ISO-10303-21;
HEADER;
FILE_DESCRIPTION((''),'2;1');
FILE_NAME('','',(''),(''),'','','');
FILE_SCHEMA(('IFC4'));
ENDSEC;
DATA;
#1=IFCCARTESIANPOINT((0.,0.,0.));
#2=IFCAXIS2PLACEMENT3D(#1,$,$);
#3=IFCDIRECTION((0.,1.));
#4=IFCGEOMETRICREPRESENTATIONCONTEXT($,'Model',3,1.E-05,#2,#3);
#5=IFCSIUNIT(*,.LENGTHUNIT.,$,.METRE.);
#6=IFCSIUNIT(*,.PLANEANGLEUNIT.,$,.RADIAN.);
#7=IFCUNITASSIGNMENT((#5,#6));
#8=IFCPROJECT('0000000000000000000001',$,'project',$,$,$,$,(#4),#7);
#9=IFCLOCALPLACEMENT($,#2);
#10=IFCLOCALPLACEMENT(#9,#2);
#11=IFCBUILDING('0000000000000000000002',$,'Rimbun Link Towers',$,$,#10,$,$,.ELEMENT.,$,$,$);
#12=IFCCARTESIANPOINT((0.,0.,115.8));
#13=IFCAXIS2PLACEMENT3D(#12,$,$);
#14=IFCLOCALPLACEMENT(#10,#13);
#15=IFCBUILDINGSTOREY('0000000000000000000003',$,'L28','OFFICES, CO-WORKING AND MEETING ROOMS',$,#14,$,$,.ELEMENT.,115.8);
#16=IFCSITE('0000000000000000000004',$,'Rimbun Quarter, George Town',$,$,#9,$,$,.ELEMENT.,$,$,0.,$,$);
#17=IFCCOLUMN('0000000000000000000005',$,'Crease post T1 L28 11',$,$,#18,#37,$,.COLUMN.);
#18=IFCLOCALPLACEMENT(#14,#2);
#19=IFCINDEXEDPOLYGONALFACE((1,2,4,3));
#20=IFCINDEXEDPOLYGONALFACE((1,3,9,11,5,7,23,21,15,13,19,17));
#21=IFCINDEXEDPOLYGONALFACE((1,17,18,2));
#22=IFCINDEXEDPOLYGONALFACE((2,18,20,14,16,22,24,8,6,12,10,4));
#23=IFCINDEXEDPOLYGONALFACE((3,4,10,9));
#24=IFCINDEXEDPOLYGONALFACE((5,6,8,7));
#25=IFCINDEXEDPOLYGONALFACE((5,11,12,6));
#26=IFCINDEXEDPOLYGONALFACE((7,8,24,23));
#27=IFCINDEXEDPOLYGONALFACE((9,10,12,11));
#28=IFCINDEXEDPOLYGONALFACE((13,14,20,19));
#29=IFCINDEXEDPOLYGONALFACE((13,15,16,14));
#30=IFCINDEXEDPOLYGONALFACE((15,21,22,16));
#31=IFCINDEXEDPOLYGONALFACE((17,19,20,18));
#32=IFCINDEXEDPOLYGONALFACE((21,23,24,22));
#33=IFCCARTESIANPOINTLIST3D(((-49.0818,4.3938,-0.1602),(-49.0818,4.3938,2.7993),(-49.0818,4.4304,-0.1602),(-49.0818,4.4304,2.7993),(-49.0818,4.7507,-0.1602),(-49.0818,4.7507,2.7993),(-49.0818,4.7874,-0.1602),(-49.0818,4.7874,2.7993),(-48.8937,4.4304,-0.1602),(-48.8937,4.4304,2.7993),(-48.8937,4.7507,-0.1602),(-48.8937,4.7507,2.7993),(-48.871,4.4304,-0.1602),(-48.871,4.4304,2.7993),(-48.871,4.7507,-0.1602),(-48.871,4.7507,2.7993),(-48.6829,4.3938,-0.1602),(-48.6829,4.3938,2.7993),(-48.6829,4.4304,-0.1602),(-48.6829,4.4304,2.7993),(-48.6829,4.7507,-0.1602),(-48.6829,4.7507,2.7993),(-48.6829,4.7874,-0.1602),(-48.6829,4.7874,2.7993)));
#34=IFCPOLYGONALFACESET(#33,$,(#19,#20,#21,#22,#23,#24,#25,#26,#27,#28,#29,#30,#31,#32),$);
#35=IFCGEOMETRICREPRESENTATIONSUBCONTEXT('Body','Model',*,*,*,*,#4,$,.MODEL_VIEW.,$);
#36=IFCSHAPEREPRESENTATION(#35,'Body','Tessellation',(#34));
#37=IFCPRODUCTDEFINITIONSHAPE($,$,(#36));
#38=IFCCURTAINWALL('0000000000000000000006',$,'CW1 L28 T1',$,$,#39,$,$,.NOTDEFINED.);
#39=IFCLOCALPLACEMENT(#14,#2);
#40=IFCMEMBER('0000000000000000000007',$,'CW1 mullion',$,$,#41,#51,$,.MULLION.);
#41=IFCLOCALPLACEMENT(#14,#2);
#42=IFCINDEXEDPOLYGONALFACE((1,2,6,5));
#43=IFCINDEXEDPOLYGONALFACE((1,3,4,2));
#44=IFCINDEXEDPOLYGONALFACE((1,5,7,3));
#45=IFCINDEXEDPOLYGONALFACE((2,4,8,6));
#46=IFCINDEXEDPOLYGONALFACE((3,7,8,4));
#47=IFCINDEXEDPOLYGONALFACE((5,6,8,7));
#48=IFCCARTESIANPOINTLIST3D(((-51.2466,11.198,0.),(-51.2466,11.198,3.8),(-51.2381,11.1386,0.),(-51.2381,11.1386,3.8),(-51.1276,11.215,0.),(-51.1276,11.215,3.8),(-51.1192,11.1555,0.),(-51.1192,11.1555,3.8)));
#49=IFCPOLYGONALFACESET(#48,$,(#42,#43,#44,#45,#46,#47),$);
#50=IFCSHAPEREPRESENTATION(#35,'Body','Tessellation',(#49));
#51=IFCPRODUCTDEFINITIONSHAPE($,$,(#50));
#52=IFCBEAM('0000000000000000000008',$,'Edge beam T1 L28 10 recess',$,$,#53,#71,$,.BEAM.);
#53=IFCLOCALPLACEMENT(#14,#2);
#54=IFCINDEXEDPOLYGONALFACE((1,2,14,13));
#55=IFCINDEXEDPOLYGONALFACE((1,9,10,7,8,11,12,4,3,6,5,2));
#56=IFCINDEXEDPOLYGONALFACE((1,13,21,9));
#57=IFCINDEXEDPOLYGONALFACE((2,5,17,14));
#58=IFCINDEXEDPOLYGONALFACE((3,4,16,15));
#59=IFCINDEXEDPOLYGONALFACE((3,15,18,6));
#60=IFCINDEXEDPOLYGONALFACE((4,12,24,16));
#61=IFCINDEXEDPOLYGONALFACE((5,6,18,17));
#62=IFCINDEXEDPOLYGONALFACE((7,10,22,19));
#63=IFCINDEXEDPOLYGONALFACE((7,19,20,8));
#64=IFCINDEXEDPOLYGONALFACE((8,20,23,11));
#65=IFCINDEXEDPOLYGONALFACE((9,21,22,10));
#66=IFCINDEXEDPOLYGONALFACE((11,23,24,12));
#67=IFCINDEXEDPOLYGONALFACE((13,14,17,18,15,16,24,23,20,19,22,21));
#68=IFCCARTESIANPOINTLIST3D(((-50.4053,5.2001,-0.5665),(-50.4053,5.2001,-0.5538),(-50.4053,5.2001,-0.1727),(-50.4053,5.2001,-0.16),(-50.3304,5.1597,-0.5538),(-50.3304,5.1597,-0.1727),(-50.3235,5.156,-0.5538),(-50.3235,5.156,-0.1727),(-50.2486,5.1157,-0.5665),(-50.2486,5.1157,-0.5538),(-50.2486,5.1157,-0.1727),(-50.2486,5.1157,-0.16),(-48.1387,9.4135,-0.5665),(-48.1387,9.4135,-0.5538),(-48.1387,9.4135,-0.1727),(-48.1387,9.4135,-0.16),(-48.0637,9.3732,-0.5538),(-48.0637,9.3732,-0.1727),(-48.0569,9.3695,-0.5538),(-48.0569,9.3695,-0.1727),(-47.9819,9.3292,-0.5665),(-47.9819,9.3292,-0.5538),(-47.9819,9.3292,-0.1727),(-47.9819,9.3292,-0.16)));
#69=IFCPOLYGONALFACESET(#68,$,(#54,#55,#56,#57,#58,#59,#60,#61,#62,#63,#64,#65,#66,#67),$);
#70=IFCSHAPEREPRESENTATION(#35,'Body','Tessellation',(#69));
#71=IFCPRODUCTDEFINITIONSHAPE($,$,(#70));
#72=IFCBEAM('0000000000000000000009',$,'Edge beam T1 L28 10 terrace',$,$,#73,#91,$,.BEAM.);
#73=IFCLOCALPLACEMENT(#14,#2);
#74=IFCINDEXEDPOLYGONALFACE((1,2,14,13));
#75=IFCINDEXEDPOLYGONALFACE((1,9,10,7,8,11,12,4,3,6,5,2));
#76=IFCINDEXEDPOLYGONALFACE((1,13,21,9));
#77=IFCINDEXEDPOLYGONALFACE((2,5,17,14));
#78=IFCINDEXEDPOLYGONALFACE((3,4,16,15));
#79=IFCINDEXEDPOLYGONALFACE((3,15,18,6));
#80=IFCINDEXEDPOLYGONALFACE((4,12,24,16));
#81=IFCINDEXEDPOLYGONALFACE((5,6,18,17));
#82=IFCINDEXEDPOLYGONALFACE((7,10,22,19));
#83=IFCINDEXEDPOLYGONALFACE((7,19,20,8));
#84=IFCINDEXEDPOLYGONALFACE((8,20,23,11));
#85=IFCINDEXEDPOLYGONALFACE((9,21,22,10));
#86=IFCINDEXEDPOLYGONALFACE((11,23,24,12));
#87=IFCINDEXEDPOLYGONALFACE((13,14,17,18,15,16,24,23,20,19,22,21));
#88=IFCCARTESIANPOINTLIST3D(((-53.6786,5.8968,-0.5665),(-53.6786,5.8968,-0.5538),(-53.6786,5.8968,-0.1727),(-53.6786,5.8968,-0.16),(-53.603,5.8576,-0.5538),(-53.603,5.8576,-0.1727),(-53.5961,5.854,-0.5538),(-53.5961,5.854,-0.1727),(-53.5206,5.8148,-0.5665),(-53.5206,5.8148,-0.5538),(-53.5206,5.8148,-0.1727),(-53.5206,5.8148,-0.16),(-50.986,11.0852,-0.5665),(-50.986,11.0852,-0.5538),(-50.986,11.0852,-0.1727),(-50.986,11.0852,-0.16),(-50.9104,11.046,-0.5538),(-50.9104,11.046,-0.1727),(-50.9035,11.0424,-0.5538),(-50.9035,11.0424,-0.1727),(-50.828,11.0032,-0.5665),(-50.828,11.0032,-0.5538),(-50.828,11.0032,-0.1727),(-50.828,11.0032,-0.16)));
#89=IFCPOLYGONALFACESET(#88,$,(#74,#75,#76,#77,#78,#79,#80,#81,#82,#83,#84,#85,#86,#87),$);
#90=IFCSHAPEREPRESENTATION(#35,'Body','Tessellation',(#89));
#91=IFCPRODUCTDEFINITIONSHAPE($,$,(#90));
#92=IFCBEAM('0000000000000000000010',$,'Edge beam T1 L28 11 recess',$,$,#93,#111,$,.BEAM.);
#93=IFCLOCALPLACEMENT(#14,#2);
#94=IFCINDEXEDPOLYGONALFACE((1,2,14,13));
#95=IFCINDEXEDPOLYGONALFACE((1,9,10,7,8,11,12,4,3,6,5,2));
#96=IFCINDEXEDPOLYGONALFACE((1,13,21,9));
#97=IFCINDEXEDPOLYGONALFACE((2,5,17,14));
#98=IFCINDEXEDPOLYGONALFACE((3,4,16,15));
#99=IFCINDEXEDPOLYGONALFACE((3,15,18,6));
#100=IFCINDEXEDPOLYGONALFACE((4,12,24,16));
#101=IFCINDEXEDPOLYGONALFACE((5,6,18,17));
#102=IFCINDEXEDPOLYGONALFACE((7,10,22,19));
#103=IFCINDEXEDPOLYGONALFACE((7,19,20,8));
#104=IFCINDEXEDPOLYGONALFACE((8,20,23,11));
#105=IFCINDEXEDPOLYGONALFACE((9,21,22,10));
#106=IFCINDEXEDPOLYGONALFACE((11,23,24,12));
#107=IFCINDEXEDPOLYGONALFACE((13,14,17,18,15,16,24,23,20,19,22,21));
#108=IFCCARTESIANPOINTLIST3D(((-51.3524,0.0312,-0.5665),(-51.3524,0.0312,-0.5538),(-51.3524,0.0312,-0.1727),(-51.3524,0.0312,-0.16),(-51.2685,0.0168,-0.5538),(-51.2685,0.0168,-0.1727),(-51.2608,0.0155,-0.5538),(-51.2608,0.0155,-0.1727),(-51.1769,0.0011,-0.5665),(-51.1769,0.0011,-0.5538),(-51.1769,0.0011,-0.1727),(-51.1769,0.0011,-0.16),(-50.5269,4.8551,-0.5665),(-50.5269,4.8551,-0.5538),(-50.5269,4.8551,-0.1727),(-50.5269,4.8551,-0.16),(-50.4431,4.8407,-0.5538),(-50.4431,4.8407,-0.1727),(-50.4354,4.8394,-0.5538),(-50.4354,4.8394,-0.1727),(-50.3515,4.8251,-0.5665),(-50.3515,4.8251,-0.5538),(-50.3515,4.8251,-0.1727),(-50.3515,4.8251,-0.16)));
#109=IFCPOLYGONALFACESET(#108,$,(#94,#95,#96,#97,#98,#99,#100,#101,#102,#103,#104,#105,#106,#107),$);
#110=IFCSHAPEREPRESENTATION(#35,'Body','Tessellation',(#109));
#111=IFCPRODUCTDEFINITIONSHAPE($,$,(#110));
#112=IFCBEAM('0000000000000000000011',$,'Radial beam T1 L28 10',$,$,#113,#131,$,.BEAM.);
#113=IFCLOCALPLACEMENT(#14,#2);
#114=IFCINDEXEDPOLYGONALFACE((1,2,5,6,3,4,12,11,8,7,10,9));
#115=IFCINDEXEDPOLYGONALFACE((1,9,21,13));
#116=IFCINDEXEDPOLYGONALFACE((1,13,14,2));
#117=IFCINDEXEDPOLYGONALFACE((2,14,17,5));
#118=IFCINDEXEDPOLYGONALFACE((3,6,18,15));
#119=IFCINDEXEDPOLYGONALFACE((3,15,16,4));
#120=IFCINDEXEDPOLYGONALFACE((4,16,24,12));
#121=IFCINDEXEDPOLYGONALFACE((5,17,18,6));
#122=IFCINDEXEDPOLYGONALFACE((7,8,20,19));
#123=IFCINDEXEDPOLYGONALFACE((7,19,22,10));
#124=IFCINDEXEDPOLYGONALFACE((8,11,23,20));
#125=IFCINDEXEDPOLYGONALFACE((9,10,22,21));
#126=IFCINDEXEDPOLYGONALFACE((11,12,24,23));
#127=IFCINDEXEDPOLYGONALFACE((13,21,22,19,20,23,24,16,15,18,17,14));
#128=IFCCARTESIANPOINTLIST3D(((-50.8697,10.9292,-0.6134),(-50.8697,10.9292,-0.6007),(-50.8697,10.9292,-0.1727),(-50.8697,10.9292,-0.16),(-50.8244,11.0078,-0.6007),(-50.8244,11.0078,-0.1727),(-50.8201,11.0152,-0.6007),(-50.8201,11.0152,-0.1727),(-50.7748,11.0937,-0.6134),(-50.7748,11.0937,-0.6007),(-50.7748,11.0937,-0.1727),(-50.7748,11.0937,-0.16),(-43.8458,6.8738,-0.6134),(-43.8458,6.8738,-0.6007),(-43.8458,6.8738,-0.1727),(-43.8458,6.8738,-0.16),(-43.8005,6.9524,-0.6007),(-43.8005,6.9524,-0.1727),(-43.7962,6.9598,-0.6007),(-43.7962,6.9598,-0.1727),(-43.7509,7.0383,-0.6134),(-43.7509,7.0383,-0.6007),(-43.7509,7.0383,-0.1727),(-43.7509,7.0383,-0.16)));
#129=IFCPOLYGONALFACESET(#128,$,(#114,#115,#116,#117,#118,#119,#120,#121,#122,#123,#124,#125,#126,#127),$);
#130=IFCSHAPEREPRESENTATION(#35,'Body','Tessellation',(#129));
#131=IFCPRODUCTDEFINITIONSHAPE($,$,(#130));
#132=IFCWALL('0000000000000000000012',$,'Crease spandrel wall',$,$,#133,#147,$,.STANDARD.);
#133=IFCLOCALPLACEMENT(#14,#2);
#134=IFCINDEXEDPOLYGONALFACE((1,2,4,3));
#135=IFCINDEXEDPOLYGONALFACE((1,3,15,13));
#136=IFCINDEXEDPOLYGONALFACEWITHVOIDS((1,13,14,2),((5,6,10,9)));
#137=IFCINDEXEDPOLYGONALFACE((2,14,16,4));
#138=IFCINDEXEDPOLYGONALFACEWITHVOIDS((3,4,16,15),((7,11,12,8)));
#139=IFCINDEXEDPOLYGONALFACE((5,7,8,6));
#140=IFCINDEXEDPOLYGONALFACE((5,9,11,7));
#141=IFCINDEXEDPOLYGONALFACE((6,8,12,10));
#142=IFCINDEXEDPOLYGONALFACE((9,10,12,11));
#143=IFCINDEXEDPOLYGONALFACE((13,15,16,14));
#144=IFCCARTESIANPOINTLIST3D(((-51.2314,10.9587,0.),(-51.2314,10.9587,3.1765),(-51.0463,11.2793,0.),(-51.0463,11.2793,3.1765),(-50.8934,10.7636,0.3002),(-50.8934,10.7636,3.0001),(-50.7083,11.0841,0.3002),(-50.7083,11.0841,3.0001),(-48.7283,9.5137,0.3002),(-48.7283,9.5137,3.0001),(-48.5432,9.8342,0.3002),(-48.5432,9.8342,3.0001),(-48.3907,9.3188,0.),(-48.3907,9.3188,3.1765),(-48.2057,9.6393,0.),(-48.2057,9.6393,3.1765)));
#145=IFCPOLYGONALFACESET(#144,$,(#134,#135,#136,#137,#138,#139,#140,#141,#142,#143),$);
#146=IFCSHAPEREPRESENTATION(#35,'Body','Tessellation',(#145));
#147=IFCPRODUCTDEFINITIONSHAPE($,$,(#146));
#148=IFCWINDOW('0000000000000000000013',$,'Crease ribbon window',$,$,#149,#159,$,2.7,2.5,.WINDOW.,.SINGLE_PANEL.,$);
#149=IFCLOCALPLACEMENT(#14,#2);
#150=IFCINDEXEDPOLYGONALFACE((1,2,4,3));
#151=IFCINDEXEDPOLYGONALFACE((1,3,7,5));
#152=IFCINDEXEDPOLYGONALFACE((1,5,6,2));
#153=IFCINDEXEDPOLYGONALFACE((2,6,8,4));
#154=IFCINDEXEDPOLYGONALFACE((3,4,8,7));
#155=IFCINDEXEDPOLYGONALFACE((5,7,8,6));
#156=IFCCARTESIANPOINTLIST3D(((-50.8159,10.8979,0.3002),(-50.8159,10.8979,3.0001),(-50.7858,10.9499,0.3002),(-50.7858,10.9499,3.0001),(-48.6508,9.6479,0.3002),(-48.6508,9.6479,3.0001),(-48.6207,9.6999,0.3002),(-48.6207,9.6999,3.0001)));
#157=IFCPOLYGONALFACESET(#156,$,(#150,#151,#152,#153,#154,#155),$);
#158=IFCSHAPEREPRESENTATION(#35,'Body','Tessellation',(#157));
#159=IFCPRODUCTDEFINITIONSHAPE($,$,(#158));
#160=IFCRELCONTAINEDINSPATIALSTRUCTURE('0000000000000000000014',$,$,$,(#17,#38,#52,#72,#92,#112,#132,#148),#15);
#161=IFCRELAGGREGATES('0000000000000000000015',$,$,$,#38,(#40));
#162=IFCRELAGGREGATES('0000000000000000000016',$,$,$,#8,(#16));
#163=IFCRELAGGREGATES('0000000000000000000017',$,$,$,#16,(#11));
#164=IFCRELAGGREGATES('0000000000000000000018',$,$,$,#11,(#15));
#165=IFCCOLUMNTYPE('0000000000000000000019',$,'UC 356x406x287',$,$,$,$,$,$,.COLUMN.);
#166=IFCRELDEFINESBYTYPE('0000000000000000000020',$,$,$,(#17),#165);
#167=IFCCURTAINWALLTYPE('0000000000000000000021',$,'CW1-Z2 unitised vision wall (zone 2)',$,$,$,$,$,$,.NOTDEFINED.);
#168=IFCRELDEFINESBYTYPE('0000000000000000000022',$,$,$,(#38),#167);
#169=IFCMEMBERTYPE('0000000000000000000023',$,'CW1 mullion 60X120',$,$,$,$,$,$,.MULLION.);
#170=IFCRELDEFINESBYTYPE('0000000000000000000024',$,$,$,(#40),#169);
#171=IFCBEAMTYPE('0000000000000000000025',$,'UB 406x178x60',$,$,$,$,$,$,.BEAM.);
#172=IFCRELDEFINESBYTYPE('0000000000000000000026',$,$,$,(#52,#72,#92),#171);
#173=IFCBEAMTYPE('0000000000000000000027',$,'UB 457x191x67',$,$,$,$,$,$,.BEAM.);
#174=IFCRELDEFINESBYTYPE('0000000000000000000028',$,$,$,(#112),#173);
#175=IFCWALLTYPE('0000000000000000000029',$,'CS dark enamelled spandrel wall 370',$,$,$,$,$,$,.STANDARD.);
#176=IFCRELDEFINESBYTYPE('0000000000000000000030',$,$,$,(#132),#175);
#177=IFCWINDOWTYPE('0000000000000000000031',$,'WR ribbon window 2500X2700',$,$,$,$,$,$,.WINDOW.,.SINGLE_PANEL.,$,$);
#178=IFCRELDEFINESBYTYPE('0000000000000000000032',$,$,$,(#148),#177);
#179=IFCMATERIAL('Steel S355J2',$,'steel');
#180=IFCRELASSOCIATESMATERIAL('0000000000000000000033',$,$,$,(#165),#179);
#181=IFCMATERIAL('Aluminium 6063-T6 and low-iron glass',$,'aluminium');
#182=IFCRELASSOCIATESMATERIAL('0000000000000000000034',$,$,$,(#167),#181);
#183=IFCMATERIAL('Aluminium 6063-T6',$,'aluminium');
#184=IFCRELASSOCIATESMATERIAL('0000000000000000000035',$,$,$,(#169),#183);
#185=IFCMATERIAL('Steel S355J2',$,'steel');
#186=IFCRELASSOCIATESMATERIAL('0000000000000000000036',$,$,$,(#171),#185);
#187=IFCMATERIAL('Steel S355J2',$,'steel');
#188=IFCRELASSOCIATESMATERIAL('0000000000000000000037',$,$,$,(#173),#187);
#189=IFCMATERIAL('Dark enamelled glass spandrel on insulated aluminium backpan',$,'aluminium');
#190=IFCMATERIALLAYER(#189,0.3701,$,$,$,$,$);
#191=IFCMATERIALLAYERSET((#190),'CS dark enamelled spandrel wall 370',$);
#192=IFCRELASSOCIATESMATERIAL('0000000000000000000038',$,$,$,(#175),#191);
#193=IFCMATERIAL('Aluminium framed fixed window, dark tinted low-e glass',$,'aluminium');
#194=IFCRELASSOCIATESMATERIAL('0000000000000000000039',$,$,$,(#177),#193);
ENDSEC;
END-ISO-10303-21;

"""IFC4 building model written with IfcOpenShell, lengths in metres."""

from ifc_helpers import new_model, si_unit, direction, frame, frame_2d, origin, origin_2d, place, context, subcontext, project, spatial, rectangle, i_section, extrude, material, layer, layer_set, material_profile, profile_set, type_object, element, fill, aggregate, save


model = new_model("IFC4")

# Units and contexts
model_context = context("Model", 3, precision=1e-05, world=origin(), true_north=direction((0.0, 1.0)))
body_context = subcontext(model_context, "Body", "Model", "MODEL_VIEW")
ifc_project = project(units=[si_unit("LENGTHUNIT", "METRE"), si_unit("PLANEANGLEUNIT", "RADIAN")], contexts=[model_context])

# Site, building, storey
site_placement = place(None, origin())
site = spatial("IfcSite", under=ifc_project, at=site_placement, Name="Rimbun Quarter, George Town", CompositionType="ELEMENT", RefElevation=0.0)
building_placement = place(site_placement, origin())
building = spatial("IfcBuilding", under=site, at=building_placement, Name="Rimbun Link Towers", CompositionType="ELEMENT")
storey_placement = place(building_placement, frame((0.0, 0.0, 115.8)))
storey = spatial("IfcBuildingStorey", under=building, at=storey_placement, Name="L28", Description="OFFICES, CO-WORKING AND MEETING ROOMS", CompositionType="ELEMENT", Elevation=115.8)

# Column
ifc_material_1 = material(Name="Steel S355J2", Category="steel")
ifc_material_profile_1 = material_profile(ifc_material_1, i_section(OverallWidth=0.3989, OverallDepth=0.3936, WebThickness=0.0227, FlangeThickness=0.0366, at=origin_2d()), Name="UC 356x406x287")
ifc_profile_set_1 = profile_set([ifc_material_profile_1], Name="Steel S355J2")
column_type = type_object("IfcColumnType", Name="UC 356x406x287", PredefinedType="COLUMN", material=ifc_profile_set_1)
column_placement = place(storey_placement, frame((-48.8823, 4.5906, -0.1602), z_axis=(0.0, 0.0, 1.0), x_axis=(1.0, 0.0, 0.0)))
element("IfcColumn", 1, at=column_placement, inside=storey, type_object=column_type, Name="Crease post T1 L28 11", PredefinedType="COLUMN", context=body_context, shape_type="SweptSolid", body=[
    extrude(i_section(OverallWidth=0.3989, OverallDepth=0.3936, WebThickness=0.0227, FlangeThickness=0.0366, at=origin_2d()), origin(), (0.0, 0.0, 1.0), 2.9595),
])

# Curtain wall, member
ifc_material_2 = material(Name="Aluminium 6063-T6 and low-iron glass", Category="aluminium")
curtain_wall_type = type_object("IfcCurtainWallType", Name="CW1-Z2 unitised vision wall (zone 2)", PredefinedType="NOTDEFINED", material=ifc_material_2)
curtain_wall_placement = place(storey_placement, origin())
curtain_wall = element("IfcCurtainWall", 2, at=curtain_wall_placement, inside=storey, type_object=curtain_wall_type, Name="CW1 L28 T1", PredefinedType="NOTDEFINED")
ifc_material_3 = material(Name="Aluminium 6063-T6", Category="aluminium")
ifc_material_profile_2 = material_profile(ifc_material_3, rectangle(XDim=0.1201, YDim=0.0601, at=origin_2d()), Name="MULLION 60X120")
ifc_profile_set_2 = profile_set([ifc_material_profile_2], Name="Aluminium 6063-T6")
member_type = type_object("IfcMemberType", Name="CW1 mullion 60X120", PredefinedType="MULLION", material=ifc_profile_set_2)
member_placement = place(storey_placement, frame((-51.1829, 11.1768, 0.0), z_axis=(0.0, 0.0, 1.0), x_axis=(-0.990016, -0.140956, 0.0)))
member = element("IfcMember", 3, at=member_placement, type_object=member_type, Name="CW1 mullion", PredefinedType="MULLION", context=body_context, shape_type="SweptSolid", body=[
    extrude(rectangle(XDim=0.1201, YDim=0.0601, at=origin_2d()), origin(), (0.0, 0.0, 1.0), 3.8),
])
aggregate(curtain_wall, [member])

# Beams
ifc_material_4 = material(Name="Steel S355J2", Category="steel")
ifc_material_profile_3 = material_profile(ifc_material_4, i_section(OverallWidth=0.178, OverallDepth=0.4065, WebThickness=0.0078, FlangeThickness=0.0127, at=origin_2d()), Name="UB 406x178x60")
ifc_profile_set_3 = profile_set([ifc_material_profile_3], Name="Steel S355J2")
beam_type_1 = type_object("IfcBeamType", Name="UB 406x178x60", PredefinedType="BEAM", material=ifc_profile_set_3)
beam_1_placement = place(storey_placement, frame((-48.0603, 9.3713, -0.3633), z_axis=(-0.473753, -0.880658, 0.0), x_axis=(0.880658, -0.473753, 0.0)))
element("IfcBeam", 4, at=beam_1_placement, inside=storey, type_object=beam_type_1, Name="Edge beam T1 L28 10 recess", PredefinedType="BEAM", context=body_context, shape_type="SweptSolid", body=[
    extrude(i_section(OverallWidth=0.178, OverallDepth=0.4065, WebThickness=0.0078, FlangeThickness=0.0127, at=origin_2d()), origin(), (0.0, 0.0, 1.0), 4.7844),
])
beam_2_placement = place(storey_placement, frame((-50.907, 11.0442, -0.3633), z_axis=(-0.460628, -0.887593, 0.0), x_axis=(0.887593, -0.460628, 0.0)))
element("IfcBeam", 5, at=beam_2_placement, inside=storey, type_object=beam_type_1, Name="Edge beam T1 L28 10 terrace", PredefinedType="BEAM", context=body_context, shape_type="SweptSolid", body=[
    extrude(i_section(OverallWidth=0.178, OverallDepth=0.4065, WebThickness=0.0078, FlangeThickness=0.0127, at=origin_2d()), origin(), (0.0, 0.0, 1.0), 5.8455),
])
beam_3_placement = place(storey_placement, frame((-50.4392, 4.8401, -0.3633), z_axis=(-0.168661, -0.985674, 0.0), x_axis=(0.985674, -0.168661, 0.0)))
element("IfcBeam", 6, at=beam_3_placement, inside=storey, type_object=beam_type_1, Name="Edge beam T1 L28 11 recess", PredefinedType="BEAM", context=body_context, shape_type="SweptSolid", body=[
    extrude(i_section(OverallWidth=0.178, OverallDepth=0.4065, WebThickness=0.0078, FlangeThickness=0.0127, at=origin_2d()), origin(), (0.0, 0.0, 1.0), 4.894),
])
ifc_material_5 = material(Name="Steel S355J2", Category="steel")
ifc_material_profile_4 = material_profile(ifc_material_5, i_section(OverallWidth=0.1899, OverallDepth=0.4534, WebThickness=0.0085, FlangeThickness=0.0127, at=origin_2d()), Name="UB 457x191x67")
ifc_profile_set_4 = profile_set([ifc_material_profile_4], Name="Steel S355J2")
beam_type_2 = type_object("IfcBeamType", Name="UB 457x191x67", PredefinedType="BEAM", material=ifc_profile_set_4)
beam_4_placement = place(storey_placement, frame((-43.7983, 6.9561, -0.3867), z_axis=(-0.866017, 0.500014, 0.0), x_axis=(-0.500014, -0.866017, 0.0)))
element("IfcBeam", 7, at=beam_4_placement, inside=storey, type_object=beam_type_2, Name="Radial beam T1 L28 10", PredefinedType="BEAM", context=body_context, shape_type="SweptSolid", body=[
    extrude(i_section(OverallWidth=0.1899, OverallDepth=0.4534, WebThickness=0.0085, FlangeThickness=0.0127, at=origin_2d()), origin(), (0.0, 0.0, 1.0), 8.1106),
])

# Wall, opening, window
ifc_material_6 = material(Name="Dark enamelled glass spandrel on insulated aluminium backpan", Category="aluminium")
ifc_layer_1 = layer(ifc_material_6, 0.3701)
ifc_layer_set_1 = layer_set([ifc_layer_1], Name="CS dark enamelled spandrel wall 370")
wall_type_1 = type_object("IfcWallType", Name="CS dark enamelled spandrel wall 370", PredefinedType="STANDARD", material=ifc_layer_set_1)
wall_1_placement = place(storey_placement, frame((-48.2981, 9.479, 0.0), z_axis=(0.0, 0.0, 1.0), x_axis=(-0.866041, 0.499974, 0.0)))
wall_1 = element("IfcWall", 8, at=wall_1_placement, inside=storey, type_object=wall_type_1, Name="Crease spandrel wall", PredefinedType="STANDARD", context=body_context, shape_type="SweptSolid", body=[
    extrude(rectangle(XDim=3.28, YDim=0.3701, at=frame_2d((1.6401, 0.0))), origin(), (0.0, 0.0, 1.0), 3.1765),
])
opening_1_placement = place(wall_1_placement, frame((0.3899, 0.0, 0.3)))
opening_1 = element("IfcOpeningElement", 9, at=opening_1_placement, cuts=wall_1, PredefinedType="OPENING", context=body_context, shape_type="SweptSolid", body=[
    extrude(rectangle(XDim=2.5, YDim=2.7, at=frame_2d((1.25, 1.3501))), frame((0.0, 0.1951, 0.0), z_axis=(0.0, -1.0, 0.0), x_axis=(1.0, 0.0, 0.0)), (0.0, 0.0, 1.0), 0.3901),
])
ifc_material_7 = material(Name="Aluminium framed fixed window, dark tinted low-e glass", Category="aluminium")
window_type_1 = type_object("IfcWindowType", Name="WR ribbon window 2500X2700", PartitioningType="SINGLE_PANEL", PredefinedType="WINDOW", material=ifc_material_7)
window_1_placement = place(opening_1_placement, origin())
window_1 = element("IfcWindow", 10, at=window_1_placement, inside=storey, type_object=window_type_1, Name="Crease ribbon window", OverallHeight=2.7, OverallWidth=2.5, PartitioningType="SINGLE_PANEL", PredefinedType="WINDOW", context=body_context, shape_type="SweptSolid", body=[
    extrude(rectangle(XDim=2.5, YDim=2.7, at=frame_2d((1.25, 1.3501))), frame((0.0, 0.03, 0.0), z_axis=(0.0, -1.0, 0.0), x_axis=(1.0, 0.0, 0.0)), (0.0, 0.0, 1.0), 0.0601),
])
fill(opening_1, window_1)

save(model, "model.ifc")
